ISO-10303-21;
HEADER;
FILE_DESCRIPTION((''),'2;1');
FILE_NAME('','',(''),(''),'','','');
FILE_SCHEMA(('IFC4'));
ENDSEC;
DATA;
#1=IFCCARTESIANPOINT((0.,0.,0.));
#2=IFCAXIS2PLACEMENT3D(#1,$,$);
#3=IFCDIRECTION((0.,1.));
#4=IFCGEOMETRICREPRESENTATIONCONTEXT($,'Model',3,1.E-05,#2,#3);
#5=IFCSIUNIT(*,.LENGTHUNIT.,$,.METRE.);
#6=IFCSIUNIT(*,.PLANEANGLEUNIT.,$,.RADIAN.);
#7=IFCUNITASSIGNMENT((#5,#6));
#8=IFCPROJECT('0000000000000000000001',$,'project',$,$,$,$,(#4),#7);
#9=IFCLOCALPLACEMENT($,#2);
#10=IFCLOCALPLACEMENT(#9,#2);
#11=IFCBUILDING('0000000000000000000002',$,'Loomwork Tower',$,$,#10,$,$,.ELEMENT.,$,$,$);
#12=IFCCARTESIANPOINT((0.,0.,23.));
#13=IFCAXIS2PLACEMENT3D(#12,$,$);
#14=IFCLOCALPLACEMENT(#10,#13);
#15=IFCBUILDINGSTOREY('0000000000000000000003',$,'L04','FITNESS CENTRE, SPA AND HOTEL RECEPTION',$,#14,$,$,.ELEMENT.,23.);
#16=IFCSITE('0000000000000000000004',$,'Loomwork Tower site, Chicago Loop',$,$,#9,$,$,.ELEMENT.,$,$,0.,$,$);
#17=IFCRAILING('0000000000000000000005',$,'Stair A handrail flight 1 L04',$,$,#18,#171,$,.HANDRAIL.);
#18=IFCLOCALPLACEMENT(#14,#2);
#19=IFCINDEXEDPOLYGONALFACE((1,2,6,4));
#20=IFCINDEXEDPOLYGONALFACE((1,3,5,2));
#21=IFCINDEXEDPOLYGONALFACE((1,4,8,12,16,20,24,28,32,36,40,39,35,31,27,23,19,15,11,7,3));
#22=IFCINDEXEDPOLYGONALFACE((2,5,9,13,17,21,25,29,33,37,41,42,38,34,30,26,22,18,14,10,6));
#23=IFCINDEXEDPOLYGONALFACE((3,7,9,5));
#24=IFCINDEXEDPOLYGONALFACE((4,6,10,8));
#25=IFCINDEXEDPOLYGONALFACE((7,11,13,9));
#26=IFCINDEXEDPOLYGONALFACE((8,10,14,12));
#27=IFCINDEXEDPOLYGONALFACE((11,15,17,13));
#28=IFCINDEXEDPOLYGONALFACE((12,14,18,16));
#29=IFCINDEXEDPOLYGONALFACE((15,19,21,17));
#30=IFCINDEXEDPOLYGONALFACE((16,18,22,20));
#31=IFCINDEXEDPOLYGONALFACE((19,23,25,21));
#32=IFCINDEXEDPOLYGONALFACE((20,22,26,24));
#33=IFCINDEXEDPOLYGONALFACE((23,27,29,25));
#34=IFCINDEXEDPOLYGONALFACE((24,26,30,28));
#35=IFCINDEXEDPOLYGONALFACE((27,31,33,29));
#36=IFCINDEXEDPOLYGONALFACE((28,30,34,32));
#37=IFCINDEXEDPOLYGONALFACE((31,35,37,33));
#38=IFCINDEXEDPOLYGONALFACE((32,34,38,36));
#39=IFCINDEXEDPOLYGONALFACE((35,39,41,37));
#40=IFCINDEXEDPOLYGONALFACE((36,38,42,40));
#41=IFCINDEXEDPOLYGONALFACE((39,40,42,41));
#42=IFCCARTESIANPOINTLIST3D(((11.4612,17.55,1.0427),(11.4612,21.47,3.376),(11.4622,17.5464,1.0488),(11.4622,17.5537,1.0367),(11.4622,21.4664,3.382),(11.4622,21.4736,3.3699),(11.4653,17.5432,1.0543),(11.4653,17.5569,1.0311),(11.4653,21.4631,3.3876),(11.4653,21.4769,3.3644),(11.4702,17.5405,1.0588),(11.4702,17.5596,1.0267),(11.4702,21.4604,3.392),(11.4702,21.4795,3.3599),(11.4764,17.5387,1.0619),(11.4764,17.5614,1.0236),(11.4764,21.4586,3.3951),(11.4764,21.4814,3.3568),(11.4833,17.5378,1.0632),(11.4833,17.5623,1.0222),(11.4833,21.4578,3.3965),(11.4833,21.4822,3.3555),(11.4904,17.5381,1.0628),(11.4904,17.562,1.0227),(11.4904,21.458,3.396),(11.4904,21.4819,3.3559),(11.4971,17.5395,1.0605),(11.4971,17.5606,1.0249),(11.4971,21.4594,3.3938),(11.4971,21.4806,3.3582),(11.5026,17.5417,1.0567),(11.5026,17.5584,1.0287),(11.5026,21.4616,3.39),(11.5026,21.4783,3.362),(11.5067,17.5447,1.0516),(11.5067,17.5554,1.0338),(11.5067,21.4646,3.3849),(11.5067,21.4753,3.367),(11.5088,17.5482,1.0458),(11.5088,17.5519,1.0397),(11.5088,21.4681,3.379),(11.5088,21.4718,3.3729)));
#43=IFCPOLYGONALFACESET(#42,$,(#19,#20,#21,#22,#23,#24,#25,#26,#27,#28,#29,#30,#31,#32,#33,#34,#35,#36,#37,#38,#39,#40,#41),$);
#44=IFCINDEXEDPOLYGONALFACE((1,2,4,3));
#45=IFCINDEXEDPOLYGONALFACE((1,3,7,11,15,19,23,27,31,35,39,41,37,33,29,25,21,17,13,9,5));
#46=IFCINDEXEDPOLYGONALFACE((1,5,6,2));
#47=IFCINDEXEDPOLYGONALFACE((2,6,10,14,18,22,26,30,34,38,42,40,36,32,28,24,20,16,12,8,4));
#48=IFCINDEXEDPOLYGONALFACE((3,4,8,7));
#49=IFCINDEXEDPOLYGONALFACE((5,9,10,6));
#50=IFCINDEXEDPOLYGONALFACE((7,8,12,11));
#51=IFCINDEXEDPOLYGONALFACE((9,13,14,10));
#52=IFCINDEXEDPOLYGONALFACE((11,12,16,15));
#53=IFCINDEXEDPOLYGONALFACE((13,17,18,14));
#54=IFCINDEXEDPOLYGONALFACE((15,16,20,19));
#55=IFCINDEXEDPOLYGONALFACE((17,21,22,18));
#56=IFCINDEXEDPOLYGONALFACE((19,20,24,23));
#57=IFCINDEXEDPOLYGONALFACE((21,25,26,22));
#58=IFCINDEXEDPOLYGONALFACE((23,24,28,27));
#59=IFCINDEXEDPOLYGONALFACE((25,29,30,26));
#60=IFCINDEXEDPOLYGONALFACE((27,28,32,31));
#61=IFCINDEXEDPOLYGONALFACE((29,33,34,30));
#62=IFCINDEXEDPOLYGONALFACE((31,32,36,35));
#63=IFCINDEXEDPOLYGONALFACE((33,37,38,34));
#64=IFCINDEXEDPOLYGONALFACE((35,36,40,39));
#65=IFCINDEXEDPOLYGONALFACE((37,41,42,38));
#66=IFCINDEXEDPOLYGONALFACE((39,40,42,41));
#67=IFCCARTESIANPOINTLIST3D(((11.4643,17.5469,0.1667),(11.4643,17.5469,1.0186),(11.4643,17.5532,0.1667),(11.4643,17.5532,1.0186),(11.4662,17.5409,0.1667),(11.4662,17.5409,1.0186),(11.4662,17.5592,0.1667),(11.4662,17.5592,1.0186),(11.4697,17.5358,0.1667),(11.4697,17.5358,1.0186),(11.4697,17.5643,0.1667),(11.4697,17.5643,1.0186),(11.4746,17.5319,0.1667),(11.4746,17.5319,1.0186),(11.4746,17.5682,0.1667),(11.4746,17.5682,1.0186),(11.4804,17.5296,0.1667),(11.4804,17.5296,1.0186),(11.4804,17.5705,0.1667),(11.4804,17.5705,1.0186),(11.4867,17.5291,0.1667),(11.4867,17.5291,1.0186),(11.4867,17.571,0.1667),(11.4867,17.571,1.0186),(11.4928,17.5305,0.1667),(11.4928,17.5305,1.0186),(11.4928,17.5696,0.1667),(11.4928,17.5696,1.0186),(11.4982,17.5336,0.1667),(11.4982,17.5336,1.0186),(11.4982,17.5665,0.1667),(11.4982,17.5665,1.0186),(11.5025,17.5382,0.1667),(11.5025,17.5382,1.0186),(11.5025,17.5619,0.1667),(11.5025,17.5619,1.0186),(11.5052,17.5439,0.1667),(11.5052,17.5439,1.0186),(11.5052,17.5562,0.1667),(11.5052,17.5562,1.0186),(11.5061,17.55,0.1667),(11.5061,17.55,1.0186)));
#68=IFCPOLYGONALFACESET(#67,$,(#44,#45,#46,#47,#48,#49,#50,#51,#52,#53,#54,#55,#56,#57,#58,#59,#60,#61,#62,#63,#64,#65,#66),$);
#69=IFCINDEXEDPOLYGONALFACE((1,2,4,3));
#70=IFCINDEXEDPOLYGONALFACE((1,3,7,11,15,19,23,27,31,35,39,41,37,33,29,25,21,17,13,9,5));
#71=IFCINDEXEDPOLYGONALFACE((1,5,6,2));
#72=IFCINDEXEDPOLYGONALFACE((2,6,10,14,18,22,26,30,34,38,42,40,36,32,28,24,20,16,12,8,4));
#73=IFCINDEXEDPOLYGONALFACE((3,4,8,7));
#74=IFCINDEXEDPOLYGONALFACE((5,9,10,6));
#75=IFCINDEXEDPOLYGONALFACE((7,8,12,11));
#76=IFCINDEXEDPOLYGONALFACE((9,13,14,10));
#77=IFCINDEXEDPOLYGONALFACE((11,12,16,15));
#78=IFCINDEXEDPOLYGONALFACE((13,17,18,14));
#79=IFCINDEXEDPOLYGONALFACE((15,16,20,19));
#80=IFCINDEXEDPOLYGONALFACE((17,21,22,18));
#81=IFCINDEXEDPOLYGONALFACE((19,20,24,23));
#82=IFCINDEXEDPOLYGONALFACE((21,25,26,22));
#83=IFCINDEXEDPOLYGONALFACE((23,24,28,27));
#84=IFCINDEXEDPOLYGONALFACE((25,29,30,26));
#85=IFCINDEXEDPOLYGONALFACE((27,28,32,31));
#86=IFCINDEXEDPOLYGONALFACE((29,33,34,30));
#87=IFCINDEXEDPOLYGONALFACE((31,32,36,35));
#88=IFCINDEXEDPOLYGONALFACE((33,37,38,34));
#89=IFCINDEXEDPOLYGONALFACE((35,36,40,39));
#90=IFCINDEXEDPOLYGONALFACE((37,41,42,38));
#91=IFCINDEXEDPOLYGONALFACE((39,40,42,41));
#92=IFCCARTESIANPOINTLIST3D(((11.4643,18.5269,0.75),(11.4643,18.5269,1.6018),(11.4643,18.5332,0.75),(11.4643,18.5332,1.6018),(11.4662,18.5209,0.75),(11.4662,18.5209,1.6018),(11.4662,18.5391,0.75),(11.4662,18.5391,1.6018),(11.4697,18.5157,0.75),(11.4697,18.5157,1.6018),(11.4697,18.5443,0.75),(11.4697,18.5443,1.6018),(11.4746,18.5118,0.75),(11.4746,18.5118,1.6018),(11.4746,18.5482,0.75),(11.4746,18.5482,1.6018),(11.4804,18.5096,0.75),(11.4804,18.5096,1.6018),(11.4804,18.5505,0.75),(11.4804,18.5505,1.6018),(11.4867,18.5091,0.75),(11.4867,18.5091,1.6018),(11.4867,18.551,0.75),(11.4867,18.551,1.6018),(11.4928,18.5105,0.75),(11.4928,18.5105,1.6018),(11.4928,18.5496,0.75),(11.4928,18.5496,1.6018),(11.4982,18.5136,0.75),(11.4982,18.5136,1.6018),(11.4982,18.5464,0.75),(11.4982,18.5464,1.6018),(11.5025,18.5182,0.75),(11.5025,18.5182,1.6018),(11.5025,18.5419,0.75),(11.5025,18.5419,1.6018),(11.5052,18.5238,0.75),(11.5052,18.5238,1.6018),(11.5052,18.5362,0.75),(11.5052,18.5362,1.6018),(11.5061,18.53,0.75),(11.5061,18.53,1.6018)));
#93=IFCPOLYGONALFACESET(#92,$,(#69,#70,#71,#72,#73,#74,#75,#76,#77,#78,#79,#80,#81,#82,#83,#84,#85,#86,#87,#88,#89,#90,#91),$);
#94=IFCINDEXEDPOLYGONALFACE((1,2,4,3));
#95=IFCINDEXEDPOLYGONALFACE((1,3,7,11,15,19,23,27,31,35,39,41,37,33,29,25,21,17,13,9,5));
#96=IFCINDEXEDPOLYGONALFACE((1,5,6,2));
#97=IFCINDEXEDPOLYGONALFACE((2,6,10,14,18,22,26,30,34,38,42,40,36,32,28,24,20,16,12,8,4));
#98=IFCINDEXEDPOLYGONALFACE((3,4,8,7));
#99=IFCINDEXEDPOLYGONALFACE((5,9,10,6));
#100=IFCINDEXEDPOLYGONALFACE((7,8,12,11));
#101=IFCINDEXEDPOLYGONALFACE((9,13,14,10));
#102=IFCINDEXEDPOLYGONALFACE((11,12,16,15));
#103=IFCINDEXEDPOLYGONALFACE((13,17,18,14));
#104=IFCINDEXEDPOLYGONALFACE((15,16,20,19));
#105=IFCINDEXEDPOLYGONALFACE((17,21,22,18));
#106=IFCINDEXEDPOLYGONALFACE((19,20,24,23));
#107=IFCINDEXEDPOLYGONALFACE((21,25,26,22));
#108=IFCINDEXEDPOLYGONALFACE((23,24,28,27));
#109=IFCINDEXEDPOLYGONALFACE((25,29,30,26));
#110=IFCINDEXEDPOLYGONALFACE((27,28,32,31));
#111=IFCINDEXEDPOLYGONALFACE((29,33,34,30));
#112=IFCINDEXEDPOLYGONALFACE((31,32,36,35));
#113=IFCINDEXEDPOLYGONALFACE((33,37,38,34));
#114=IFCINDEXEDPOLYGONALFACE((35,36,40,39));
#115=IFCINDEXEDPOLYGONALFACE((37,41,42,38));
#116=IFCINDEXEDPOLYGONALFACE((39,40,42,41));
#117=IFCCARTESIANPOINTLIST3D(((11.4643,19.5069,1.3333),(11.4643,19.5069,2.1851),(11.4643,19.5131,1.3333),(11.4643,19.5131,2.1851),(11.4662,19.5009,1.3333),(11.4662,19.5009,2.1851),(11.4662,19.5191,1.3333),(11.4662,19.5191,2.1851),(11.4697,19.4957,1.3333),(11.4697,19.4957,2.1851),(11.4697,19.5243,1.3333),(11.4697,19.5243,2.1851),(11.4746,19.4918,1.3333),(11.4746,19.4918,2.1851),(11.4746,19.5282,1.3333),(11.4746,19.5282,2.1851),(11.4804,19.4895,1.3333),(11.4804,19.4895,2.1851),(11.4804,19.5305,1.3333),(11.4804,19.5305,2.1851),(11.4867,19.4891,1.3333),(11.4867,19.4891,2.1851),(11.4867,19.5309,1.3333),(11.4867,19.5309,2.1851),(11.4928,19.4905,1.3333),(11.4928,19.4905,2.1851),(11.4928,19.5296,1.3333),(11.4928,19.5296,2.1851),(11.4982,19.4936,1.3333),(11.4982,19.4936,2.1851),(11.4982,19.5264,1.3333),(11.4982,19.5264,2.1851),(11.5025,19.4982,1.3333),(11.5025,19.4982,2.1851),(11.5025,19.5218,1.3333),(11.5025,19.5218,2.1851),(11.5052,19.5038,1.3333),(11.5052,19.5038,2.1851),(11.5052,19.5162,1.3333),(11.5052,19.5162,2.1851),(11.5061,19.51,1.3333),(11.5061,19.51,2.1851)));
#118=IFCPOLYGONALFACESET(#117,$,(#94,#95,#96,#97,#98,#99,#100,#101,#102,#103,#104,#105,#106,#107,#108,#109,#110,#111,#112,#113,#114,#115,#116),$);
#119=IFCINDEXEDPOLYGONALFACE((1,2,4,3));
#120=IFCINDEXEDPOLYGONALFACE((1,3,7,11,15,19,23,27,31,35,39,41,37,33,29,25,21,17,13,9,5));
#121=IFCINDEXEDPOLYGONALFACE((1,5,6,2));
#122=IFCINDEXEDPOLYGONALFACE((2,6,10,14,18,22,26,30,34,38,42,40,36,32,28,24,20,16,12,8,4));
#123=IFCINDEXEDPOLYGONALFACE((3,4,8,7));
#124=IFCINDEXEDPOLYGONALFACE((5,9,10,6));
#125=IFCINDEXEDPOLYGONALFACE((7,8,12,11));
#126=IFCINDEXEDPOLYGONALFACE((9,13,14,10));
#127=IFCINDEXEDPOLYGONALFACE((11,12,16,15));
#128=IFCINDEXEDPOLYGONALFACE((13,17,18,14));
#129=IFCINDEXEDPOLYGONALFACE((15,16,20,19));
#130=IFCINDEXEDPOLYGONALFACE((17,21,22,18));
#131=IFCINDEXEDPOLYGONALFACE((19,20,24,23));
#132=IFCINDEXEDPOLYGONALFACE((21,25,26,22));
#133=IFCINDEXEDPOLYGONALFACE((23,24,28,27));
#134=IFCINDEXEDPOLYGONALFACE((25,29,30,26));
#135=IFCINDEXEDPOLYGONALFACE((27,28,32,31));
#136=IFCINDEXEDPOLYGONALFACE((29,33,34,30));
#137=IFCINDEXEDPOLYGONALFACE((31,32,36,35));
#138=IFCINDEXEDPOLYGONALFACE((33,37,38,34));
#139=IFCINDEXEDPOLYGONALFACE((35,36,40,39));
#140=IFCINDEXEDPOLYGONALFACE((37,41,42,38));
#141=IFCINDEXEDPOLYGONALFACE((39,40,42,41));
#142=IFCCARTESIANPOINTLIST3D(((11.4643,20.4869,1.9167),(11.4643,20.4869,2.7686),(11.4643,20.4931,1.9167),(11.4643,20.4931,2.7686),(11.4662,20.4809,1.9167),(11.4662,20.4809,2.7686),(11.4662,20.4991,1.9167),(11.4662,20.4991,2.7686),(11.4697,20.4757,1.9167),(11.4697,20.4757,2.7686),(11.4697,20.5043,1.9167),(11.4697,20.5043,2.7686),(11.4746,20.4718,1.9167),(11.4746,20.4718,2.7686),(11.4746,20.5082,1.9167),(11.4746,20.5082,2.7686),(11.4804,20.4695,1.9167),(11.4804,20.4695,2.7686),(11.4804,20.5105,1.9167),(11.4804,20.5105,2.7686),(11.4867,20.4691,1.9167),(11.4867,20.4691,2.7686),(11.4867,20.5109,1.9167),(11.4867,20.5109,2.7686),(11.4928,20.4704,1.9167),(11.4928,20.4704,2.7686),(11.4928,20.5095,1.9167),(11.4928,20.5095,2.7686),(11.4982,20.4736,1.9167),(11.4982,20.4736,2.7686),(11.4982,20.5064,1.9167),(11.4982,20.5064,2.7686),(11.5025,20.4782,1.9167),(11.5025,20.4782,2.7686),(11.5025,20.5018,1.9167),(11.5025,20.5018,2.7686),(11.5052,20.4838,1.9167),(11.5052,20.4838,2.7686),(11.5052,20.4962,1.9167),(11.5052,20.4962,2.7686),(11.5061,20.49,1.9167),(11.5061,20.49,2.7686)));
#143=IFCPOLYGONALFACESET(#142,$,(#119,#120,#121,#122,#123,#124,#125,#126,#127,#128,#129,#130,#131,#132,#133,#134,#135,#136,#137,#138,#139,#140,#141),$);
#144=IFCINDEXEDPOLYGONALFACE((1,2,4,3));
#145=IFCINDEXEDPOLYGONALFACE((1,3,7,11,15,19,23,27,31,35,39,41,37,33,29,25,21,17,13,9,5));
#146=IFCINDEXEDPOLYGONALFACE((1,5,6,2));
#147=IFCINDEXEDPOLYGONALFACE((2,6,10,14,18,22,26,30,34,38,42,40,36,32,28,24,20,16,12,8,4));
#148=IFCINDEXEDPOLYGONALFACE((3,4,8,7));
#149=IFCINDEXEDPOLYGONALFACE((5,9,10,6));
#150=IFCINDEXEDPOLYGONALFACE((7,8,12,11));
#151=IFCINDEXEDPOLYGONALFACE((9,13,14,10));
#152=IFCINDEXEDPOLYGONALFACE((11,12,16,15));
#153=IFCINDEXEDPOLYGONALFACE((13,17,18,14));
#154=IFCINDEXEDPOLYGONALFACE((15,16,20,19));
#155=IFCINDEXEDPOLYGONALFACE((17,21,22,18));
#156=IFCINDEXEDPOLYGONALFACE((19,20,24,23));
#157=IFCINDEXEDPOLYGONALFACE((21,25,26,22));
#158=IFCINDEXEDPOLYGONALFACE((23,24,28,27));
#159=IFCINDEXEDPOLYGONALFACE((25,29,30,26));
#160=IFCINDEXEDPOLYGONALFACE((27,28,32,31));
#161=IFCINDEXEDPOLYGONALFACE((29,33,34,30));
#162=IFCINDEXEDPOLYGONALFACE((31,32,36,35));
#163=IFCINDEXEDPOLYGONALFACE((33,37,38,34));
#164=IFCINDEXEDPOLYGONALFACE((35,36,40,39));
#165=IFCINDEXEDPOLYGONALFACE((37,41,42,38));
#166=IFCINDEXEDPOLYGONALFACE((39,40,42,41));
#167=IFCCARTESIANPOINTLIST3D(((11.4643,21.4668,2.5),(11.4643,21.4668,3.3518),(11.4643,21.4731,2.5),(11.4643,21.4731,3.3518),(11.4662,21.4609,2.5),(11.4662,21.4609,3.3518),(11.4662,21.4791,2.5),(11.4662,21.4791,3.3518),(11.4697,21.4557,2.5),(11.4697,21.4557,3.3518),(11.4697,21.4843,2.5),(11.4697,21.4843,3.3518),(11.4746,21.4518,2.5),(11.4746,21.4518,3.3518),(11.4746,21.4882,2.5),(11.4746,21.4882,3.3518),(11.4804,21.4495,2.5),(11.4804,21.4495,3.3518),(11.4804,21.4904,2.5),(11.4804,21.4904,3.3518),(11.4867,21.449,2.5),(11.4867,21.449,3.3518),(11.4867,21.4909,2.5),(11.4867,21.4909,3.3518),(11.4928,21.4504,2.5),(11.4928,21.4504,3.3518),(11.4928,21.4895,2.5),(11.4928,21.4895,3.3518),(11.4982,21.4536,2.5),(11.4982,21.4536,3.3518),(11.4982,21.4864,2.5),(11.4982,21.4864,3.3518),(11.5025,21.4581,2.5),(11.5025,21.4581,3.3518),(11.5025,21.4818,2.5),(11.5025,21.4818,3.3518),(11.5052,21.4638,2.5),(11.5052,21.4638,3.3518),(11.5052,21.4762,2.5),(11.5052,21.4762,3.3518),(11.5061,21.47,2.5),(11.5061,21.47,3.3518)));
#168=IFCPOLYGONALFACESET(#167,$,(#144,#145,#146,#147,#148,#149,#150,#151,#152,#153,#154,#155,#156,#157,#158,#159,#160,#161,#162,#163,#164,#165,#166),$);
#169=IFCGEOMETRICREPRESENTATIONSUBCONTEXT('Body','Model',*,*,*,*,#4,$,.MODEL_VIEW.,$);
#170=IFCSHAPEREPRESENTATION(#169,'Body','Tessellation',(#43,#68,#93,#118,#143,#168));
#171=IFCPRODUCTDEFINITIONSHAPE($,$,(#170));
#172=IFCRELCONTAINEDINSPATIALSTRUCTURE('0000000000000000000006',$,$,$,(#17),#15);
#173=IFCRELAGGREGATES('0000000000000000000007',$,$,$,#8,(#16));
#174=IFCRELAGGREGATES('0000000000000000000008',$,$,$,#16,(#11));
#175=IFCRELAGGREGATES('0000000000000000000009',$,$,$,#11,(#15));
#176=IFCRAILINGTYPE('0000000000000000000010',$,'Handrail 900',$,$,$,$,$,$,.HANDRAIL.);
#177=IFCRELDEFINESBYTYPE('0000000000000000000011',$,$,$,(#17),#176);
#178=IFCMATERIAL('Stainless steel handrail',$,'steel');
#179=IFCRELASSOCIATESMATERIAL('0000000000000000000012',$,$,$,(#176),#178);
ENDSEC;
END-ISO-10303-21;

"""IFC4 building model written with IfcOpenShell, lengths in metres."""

from ifc_helpers import new_model, si_unit, direction, frame, origin, origin_2d, place, context, subcontext, project, spatial, circle, extrude, material, type_object, element, save


model = new_model("IFC4")

# Units and contexts
model_context = context("Model", 3, precision=1e-05, world=origin(), true_north=direction((0.0, 1.0)))
body_context = subcontext(model_context, "Body", "Model", "MODEL_VIEW")
ifc_project = project(units=[si_unit("LENGTHUNIT", "METRE"), si_unit("PLANEANGLEUNIT", "RADIAN")], contexts=[model_context])

# Site, building, storey
site_placement = place(None, origin())
site = spatial("IfcSite", under=ifc_project, at=site_placement, Name="Loomwork Tower site, Chicago Loop", CompositionType="ELEMENT", RefElevation=0.0)
building_placement = place(site_placement, origin())
building = spatial("IfcBuilding", under=site, at=building_placement, Name="Loomwork Tower", CompositionType="ELEMENT")
storey_placement = place(building_placement, frame((0.0, 0.0, 23.0)))
storey = spatial("IfcBuildingStorey", under=building, at=storey_placement, Name="L04", Description="FITNESS CENTRE, SPA AND HOTEL RECEPTION", CompositionType="ELEMENT", Elevation=23.0)

# Railing
ifc_material_1 = material(Name="Stainless steel handrail", Category="steel")
railing_type = type_object("IfcRailingType", Name="Handrail 900", PredefinedType="HANDRAIL", material=ifc_material_1)
railing_1_placement = place(storey_placement, frame((11.4851, 17.55, 0.1667)))
element("IfcRailing", 1, at=railing_1_placement, inside=storey, type_object=railing_type, Name="Stair A handrail flight 1 L04", PredefinedType="HANDRAIL", context=body_context, shape_type="SweptSolid", body=[
    extrude(circle(Radius=0.0239, at=origin_2d()), frame((0.0, 0.0, 0.876), z_axis=(0.0, 0.859296, 0.511478), x_axis=(-1.0, 0.0, 0.0)), (0.0, 0.0, 1.0), 4.5618),
    extrude(circle(Radius=0.021, at=origin_2d()), origin(), (0.0, 0.0, 1.0), 0.8518),
    extrude(circle(Radius=0.021, at=origin_2d()), frame((0.0, 0.98, 0.5833)), (0.0, 0.0, 1.0), 0.8518),
    extrude(circle(Radius=0.021, at=origin_2d()), frame((0.0, 1.96, 1.1665)), (0.0, 0.0, 1.0), 0.8518),
    extrude(circle(Radius=0.021, at=origin_2d()), frame((0.0, 2.9399, 1.75)), (0.0, 0.0, 1.0), 0.8518),
    extrude(circle(Radius=0.021, at=origin_2d()), frame((0.0, 3.9199, 2.3333)), (0.0, 0.0, 1.0), 0.8518),
])

save(model, "model.ifc")
